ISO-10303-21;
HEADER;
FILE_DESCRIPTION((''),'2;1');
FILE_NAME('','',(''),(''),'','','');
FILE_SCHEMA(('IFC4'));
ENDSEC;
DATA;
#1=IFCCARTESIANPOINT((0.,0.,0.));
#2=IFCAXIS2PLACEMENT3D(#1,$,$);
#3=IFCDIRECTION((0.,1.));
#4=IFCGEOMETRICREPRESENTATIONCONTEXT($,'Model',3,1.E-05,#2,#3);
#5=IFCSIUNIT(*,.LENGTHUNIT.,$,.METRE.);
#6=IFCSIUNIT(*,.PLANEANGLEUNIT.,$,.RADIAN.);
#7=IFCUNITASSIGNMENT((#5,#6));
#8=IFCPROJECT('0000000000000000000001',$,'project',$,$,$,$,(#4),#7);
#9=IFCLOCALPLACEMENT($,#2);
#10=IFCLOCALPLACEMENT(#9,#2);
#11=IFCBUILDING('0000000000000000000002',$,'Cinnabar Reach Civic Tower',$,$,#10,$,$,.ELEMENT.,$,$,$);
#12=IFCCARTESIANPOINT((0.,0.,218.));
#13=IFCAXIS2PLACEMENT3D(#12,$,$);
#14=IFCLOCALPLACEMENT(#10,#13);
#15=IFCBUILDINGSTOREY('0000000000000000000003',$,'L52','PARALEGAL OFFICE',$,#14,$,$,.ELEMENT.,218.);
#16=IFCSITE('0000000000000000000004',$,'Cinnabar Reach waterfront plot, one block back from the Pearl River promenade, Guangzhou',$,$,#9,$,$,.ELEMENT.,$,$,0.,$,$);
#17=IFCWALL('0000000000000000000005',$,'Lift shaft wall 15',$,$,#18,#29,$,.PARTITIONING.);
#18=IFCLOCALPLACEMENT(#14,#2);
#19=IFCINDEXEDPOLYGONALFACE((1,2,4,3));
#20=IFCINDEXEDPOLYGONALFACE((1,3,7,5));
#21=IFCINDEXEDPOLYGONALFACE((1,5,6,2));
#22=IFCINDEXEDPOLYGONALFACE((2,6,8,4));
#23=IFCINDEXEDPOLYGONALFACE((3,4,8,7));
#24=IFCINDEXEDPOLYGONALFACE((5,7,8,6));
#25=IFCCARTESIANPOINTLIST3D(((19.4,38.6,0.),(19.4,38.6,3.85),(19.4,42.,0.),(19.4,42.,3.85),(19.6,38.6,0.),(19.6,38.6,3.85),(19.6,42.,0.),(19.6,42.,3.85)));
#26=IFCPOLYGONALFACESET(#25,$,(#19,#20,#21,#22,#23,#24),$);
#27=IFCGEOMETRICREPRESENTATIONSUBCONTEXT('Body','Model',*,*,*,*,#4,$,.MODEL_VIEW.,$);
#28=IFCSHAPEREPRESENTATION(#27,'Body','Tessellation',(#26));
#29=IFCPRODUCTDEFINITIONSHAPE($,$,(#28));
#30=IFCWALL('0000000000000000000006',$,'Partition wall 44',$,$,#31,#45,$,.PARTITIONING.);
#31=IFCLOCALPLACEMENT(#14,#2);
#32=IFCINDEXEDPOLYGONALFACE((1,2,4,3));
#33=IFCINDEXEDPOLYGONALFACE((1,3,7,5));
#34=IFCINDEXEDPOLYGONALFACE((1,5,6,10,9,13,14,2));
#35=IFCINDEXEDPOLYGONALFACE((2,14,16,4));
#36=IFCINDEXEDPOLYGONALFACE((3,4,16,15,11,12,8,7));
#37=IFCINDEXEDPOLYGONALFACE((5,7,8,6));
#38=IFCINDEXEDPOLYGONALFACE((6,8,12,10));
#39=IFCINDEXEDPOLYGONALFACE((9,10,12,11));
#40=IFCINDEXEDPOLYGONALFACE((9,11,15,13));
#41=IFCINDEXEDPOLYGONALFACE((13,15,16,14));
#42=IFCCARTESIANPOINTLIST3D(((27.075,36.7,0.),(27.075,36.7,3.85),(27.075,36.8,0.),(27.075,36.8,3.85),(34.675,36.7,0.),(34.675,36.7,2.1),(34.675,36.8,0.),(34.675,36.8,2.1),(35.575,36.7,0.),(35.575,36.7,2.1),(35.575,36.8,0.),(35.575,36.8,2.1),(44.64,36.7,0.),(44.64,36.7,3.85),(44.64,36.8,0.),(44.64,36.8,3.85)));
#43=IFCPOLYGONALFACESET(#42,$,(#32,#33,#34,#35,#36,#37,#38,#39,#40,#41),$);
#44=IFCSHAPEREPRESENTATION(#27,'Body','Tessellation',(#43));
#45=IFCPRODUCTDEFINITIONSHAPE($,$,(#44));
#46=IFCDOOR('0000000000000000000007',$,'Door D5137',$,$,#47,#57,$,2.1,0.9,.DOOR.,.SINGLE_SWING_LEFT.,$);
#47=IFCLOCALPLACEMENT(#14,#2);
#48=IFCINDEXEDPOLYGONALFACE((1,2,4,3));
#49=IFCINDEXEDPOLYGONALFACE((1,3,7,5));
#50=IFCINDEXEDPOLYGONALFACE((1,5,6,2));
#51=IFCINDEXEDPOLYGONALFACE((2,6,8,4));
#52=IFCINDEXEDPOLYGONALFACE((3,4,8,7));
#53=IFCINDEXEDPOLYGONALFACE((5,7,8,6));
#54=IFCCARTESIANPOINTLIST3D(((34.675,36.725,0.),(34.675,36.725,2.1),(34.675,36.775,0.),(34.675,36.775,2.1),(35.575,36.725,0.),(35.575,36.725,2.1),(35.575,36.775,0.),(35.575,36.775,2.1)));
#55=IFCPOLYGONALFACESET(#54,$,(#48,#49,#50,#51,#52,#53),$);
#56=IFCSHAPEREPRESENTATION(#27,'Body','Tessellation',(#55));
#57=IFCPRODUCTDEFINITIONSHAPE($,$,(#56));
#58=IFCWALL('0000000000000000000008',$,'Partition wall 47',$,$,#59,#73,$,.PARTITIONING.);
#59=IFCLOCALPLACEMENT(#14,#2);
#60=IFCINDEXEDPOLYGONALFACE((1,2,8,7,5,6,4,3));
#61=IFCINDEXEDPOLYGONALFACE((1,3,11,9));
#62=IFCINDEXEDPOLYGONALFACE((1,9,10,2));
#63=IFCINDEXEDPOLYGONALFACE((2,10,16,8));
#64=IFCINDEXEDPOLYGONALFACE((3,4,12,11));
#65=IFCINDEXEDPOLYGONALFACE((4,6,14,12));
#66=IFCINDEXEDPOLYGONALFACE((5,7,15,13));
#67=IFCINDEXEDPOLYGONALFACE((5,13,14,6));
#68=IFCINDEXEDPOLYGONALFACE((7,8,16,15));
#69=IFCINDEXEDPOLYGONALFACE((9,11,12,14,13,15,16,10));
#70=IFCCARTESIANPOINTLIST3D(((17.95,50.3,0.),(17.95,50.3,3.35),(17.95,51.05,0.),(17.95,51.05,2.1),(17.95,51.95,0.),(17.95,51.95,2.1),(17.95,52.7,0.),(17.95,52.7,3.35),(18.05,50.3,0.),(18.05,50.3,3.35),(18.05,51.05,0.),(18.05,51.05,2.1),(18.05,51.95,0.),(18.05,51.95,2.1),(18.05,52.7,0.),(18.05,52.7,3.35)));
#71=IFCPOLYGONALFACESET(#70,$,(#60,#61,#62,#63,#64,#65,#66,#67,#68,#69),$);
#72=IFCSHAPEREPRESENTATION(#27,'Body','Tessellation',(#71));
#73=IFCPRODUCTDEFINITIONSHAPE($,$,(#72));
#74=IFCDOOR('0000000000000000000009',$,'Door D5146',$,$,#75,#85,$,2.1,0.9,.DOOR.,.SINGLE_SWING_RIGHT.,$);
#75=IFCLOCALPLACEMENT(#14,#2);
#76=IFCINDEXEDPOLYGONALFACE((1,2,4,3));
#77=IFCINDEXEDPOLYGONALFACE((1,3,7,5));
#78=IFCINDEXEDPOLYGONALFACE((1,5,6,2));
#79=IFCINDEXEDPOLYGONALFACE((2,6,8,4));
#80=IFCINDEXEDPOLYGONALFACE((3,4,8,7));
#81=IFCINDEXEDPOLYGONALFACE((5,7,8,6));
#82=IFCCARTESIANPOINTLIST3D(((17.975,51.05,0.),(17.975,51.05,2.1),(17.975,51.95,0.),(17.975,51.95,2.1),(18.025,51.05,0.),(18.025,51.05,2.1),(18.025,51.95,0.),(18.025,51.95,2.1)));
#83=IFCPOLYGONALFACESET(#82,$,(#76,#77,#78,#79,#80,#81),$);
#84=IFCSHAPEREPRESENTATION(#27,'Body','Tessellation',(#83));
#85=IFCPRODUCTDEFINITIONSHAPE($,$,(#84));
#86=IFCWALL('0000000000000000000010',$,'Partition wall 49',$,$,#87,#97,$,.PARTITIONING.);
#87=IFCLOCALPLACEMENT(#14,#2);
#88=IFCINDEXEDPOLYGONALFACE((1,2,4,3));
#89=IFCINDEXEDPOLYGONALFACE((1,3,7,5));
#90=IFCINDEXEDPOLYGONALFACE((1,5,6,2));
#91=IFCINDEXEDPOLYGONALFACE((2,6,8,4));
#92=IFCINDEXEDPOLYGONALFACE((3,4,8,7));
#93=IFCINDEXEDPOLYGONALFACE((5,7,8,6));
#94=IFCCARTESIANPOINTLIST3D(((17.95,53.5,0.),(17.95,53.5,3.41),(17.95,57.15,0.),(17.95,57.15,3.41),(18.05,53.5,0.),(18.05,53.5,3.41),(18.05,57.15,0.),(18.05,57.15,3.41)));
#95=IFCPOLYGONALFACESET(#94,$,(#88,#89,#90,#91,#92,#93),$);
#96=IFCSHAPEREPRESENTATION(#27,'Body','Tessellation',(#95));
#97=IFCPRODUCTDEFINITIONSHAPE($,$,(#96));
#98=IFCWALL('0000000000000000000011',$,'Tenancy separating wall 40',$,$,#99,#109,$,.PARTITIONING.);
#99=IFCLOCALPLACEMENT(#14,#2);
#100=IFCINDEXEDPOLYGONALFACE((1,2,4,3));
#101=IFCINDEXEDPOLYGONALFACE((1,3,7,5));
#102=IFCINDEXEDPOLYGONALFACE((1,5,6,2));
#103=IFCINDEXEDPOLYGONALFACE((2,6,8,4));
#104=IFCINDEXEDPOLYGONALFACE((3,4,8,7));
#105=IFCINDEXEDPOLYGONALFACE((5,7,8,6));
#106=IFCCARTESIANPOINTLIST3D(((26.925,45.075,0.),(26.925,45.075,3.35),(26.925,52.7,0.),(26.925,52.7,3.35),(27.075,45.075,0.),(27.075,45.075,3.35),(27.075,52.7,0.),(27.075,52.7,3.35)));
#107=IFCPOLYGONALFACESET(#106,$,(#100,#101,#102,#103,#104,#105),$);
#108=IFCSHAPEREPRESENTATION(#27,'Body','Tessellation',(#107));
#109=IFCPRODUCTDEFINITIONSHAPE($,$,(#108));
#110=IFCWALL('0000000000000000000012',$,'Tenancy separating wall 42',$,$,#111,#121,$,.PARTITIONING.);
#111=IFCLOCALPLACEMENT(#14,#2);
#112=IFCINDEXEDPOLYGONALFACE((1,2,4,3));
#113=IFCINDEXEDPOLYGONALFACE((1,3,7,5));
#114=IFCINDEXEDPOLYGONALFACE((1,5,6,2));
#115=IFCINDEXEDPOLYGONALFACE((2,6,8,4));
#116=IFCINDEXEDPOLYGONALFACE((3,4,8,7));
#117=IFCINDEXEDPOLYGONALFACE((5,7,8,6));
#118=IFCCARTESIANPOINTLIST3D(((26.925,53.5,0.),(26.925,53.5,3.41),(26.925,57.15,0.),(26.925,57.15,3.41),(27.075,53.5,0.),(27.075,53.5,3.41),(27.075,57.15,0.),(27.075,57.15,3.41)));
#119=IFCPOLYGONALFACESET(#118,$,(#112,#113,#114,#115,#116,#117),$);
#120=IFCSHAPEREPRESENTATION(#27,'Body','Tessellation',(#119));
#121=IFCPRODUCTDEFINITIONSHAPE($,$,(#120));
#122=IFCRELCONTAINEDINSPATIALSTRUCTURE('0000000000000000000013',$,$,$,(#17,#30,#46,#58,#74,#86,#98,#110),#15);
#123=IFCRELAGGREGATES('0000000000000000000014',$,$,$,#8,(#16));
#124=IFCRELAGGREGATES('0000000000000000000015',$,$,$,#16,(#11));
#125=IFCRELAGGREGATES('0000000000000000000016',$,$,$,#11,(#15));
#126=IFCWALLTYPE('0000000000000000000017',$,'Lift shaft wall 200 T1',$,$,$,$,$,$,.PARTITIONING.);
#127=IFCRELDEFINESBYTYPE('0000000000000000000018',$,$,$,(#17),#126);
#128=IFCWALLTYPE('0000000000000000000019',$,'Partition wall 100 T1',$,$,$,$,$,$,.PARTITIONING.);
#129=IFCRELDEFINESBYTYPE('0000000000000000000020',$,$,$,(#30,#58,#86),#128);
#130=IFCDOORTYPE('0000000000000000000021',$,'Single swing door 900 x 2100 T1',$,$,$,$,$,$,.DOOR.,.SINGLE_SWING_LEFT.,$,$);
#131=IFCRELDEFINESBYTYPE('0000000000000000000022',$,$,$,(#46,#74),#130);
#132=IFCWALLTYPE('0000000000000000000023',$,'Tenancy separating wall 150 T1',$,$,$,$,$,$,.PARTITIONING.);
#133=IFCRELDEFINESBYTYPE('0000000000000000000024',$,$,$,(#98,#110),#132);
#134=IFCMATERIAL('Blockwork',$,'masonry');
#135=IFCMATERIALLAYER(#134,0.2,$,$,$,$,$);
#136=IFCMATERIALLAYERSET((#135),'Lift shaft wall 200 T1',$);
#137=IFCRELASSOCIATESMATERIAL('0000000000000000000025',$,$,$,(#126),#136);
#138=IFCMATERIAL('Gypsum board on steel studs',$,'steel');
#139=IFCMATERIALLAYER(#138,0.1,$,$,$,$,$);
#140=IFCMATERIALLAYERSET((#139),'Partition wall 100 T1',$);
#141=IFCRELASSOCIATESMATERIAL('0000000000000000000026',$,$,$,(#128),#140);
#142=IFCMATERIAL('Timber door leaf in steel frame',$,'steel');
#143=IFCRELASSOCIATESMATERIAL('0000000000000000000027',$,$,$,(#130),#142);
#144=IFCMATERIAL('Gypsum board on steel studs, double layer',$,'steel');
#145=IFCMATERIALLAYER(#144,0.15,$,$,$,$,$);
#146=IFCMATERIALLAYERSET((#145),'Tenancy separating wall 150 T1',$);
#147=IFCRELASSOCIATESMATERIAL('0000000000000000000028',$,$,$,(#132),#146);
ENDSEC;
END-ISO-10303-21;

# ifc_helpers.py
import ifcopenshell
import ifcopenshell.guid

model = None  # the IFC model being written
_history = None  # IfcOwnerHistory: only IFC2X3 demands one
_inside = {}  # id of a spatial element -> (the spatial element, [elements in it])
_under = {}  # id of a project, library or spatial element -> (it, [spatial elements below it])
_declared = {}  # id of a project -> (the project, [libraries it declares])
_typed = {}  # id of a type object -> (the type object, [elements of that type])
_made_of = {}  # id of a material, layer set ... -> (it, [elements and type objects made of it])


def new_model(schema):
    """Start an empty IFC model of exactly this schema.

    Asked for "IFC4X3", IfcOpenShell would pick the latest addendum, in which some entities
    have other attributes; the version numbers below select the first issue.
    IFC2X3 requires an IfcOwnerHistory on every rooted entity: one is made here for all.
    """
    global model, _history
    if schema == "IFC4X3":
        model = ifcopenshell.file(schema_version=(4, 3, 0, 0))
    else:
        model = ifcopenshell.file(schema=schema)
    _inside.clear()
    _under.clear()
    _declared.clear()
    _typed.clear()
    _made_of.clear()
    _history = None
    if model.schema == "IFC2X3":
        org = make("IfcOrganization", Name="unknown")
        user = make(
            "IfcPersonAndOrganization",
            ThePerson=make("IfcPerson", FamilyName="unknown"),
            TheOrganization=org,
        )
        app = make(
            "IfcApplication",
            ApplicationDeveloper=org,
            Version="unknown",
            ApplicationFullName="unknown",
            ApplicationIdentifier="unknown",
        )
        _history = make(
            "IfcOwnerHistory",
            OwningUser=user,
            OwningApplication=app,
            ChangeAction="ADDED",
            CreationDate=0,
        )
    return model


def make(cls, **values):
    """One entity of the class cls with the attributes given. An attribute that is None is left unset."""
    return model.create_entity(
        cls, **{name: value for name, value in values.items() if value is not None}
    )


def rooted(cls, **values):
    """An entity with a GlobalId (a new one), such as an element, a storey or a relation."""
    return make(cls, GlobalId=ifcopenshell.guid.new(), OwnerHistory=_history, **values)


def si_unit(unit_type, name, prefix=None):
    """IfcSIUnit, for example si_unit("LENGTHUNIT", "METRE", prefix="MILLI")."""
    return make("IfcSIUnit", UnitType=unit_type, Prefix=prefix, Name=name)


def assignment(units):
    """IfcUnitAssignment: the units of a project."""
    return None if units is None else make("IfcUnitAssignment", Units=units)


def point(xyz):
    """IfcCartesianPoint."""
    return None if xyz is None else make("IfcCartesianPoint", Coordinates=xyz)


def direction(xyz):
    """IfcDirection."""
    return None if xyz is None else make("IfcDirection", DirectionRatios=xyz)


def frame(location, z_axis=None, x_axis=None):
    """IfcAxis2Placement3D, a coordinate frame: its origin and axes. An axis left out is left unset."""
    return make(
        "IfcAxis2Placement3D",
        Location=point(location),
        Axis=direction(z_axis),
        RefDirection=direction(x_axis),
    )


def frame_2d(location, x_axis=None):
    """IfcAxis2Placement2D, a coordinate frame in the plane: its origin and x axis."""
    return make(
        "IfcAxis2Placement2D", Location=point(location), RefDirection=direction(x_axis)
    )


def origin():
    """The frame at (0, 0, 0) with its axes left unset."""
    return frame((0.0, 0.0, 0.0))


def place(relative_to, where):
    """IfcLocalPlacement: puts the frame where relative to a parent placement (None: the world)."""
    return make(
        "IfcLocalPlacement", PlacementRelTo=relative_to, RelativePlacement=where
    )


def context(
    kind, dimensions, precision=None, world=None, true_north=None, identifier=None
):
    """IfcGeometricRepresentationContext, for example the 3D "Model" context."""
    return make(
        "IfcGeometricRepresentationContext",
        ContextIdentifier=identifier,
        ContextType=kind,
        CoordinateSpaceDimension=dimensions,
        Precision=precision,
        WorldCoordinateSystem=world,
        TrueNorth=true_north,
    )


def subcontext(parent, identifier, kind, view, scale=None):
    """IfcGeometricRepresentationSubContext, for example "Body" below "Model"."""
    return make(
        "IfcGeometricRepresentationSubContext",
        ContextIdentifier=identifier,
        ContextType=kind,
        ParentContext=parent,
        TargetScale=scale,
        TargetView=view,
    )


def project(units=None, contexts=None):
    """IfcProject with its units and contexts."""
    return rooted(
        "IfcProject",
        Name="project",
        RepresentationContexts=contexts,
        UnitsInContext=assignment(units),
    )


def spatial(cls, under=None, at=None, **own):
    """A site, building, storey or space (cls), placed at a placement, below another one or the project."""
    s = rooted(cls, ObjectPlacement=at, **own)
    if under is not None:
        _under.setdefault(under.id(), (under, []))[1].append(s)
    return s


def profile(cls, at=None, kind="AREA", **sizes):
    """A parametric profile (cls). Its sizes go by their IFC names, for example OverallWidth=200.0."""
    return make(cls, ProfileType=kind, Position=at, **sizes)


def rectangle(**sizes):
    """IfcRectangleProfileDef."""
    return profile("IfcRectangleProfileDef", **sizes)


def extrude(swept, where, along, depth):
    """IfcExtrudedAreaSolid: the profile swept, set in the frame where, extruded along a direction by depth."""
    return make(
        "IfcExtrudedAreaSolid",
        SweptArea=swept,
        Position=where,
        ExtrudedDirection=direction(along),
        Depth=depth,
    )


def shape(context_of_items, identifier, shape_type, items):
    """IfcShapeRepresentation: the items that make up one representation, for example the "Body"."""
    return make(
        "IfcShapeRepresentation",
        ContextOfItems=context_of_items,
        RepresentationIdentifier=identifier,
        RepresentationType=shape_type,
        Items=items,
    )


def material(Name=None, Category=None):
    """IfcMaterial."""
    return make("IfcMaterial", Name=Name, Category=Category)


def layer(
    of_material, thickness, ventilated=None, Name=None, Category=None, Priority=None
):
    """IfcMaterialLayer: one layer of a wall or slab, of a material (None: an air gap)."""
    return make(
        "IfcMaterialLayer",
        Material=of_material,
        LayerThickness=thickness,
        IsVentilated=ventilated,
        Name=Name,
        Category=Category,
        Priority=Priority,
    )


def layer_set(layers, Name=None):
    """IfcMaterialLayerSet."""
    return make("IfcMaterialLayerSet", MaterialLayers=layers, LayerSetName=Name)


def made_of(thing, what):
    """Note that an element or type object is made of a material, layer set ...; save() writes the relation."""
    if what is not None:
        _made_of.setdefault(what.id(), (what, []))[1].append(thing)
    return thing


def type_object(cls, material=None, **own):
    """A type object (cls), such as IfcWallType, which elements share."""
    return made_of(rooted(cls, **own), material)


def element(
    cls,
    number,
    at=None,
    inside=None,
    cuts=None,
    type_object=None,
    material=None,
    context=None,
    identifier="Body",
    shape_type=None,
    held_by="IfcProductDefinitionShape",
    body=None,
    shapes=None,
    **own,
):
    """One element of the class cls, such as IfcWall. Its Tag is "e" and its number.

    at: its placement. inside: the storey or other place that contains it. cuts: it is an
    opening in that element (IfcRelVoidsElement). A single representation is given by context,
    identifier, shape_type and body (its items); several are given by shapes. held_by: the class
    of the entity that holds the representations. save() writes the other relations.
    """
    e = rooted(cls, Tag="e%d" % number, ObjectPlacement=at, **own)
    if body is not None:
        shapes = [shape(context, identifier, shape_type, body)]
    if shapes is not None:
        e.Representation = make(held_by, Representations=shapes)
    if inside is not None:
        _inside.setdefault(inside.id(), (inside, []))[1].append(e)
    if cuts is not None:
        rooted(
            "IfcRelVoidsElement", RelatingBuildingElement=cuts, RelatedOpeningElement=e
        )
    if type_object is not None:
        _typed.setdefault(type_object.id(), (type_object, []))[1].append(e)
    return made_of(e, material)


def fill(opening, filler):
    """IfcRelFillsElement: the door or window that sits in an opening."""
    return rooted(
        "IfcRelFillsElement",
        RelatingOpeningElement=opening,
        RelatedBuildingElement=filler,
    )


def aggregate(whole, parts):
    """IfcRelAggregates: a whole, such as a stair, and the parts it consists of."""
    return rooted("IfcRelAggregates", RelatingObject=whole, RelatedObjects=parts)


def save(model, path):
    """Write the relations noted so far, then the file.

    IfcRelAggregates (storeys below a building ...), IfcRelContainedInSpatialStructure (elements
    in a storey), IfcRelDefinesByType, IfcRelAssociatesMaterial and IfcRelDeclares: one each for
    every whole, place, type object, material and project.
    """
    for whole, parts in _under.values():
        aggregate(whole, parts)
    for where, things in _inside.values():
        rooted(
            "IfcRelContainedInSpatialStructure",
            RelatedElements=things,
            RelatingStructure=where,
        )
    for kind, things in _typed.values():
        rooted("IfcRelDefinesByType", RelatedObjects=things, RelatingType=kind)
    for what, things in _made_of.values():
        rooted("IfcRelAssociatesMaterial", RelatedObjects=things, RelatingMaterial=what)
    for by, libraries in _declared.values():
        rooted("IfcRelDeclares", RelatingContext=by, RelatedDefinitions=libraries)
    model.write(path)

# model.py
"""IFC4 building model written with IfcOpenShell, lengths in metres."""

from ifc_helpers import new_model, si_unit, direction, frame, frame_2d, origin, place, context, subcontext, project, spatial, rectangle, extrude, material, layer, layer_set, type_object, element, fill, save


model = new_model("IFC4")

# Units and contexts
model_context = context("Model", 3, precision=1e-05, world=origin(), true_north=direction((0.0, 1.0)))
body_context = subcontext(model_context, "Body", "Model", "MODEL_VIEW")
ifc_project = project(units=[si_unit("LENGTHUNIT", "METRE"), si_unit("PLANEANGLEUNIT", "RADIAN")], contexts=[model_context])

# Site, building, storey
site_placement = place(None, origin())
site = spatial("IfcSite", under=ifc_project, at=site_placement, Name="Cinnabar Reach waterfront plot, one block back from the Pearl River promenade, Guangzhou", CompositionType="ELEMENT", RefElevation=0.0)
building_placement = place(site_placement, origin())
building = spatial("IfcBuilding", under=site, at=building_placement, Name="Cinnabar Reach Civic Tower", CompositionType="ELEMENT")
storey_placement = place(building_placement, frame((0.0, 0.0, 218.0)))
storey = spatial("IfcBuildingStorey", under=building, at=storey_placement, Name="L52", Description="PARALEGAL OFFICE", CompositionType="ELEMENT", Elevation=218.0)

# Shared definitions
ifc_material_1 = material(Name="Gypsum board on steel studs, double layer", Category="steel")

# Shared definitions
ifc_material_2 = material(Name="Timber door leaf in steel frame", Category="steel")

# Wall
ifc_material_3 = material(Name="Blockwork", Category="masonry")
ifc_layer_1 = layer(ifc_material_3, 0.2)
ifc_layer_set_1 = layer_set([ifc_layer_1], Name="Lift shaft wall 200 T1")
wall_type_1 = type_object("IfcWallType", Name="Lift shaft wall 200 T1", PredefinedType="PARTITIONING", material=ifc_layer_set_1)
wall_1_placement = place(storey_placement, frame((19.5, 38.6, 0.0), z_axis=(0.0, 0.0, 1.0), x_axis=(0.0, 1.0, 0.0)))
element("IfcWall", 1, at=wall_1_placement, inside=storey, type_object=wall_type_1, Name="Lift shaft wall 15", PredefinedType="PARTITIONING", context=body_context, shape_type="SweptSolid", body=[
    extrude(rectangle(XDim=3.4, YDim=0.2, at=frame_2d((1.7, 0.0))), origin(), (0.0, 0.0, 1.0), 3.85),
])

# Walls, openings, doors
ifc_material_4 = material(Name="Gypsum board on steel studs", Category="steel")
ifc_layer_2 = layer(ifc_material_4, 0.1)
ifc_layer_set_2 = layer_set([ifc_layer_2], Name="Partition wall 100 T1")
wall_type_2 = type_object("IfcWallType", Name="Partition wall 100 T1", PredefinedType="PARTITIONING", material=ifc_layer_set_2)
wall_2_placement = place(storey_placement, frame((27.075, 36.75, 0.0), z_axis=(0.0, 0.0, 1.0), x_axis=(1.0, 0.0, 0.0)))
wall_2 = element("IfcWall", 2, at=wall_2_placement, inside=storey, type_object=wall_type_2, Name="Partition wall 44", PredefinedType="PARTITIONING", context=body_context, shape_type="SweptSolid", body=[
    extrude(rectangle(XDim=17.565, YDim=0.1, at=frame_2d((8.7825, 0.0))), origin(), (0.0, 0.0, 1.0), 3.85),
])
opening_1_placement = place(wall_2_placement, frame((7.6, 0.0, 0.0)))
opening_1 = element("IfcOpeningElement", 3, at=opening_1_placement, cuts=wall_2, PredefinedType="OPENING", context=body_context, shape_type="SweptSolid", body=[
    extrude(rectangle(XDim=0.9, YDim=2.1, at=frame_2d((0.45, 1.05))), frame((0.0, 0.06, 0.0), z_axis=(0.0, -1.0, 0.0), x_axis=(1.0, 0.0, 0.0)), (0.0, 0.0, 1.0), 0.12),
])
door_type_1 = type_object("IfcDoorType", Name="Single swing door 900 x 2100 T1", OperationType="SINGLE_SWING_LEFT", PredefinedType="DOOR", material=ifc_material_2)
door_1_placement = place(opening_1_placement, frame((0.9, 0.0, 0.0), z_axis=(0.0, 0.0, 1.0), x_axis=(-1.0, 0.0, 0.0)))
door_1 = element("IfcDoor", 4, at=door_1_placement, inside=storey, type_object=door_type_1, Name="Door D5137", OperationType="SINGLE_SWING_LEFT", OverallHeight=2.1, OverallWidth=0.9, PredefinedType="DOOR", context=body_context, shape_type="SweptSolid", body=[
    extrude(rectangle(XDim=0.9, YDim=2.1, at=frame_2d((0.45, 1.05))), frame((0.0, 0.025, 0.0), z_axis=(0.0, -1.0, 0.0), x_axis=(1.0, 0.0, 0.0)), (0.0, 0.0, 1.0), 0.05),
])
fill(opening_1, door_1)
wall_3_placement = place(storey_placement, frame((18.0, 50.3, 0.0), z_axis=(0.0, 0.0, 1.0), x_axis=(0.0, 1.0, 0.0)))
wall_3 = element("IfcWall", 5, at=wall_3_placement, inside=storey, type_object=wall_type_2, Name="Partition wall 47", PredefinedType="PARTITIONING", context=body_context, shape_type="SweptSolid", body=[
    extrude(rectangle(XDim=2.4, YDim=0.1, at=frame_2d((1.2, 0.0))), origin(), (0.0, 0.0, 1.0), 3.35),
])
opening_2_placement = place(wall_3_placement, frame((0.75, 0.0, 0.0)))
opening_2 = element("IfcOpeningElement", 6, at=opening_2_placement, cuts=wall_3, PredefinedType="OPENING", context=body_context, shape_type="SweptSolid", body=[
    extrude(rectangle(XDim=0.9, YDim=2.1, at=frame_2d((0.45, 1.05))), frame((0.0, 0.06, 0.0), z_axis=(0.0, -1.0, 0.0), x_axis=(1.0, 0.0, 0.0)), (0.0, 0.0, 1.0), 0.12),
])
door_2_placement = place(opening_2_placement, frame((0.9, 0.0, 0.0), z_axis=(0.0, 0.0, 1.0), x_axis=(-1.0, 0.0, 0.0)))
door_2 = element("IfcDoor", 7, at=door_2_placement, inside=storey, type_object=door_type_1, Name="Door D5146", OperationType="SINGLE_SWING_RIGHT", OverallHeight=2.1, OverallWidth=0.9, PredefinedType="DOOR", context=body_context, shape_type="SweptSolid", body=[
    extrude(rectangle(XDim=0.9, YDim=2.1, at=frame_2d((0.45, 1.05))), frame((0.0, 0.025, 0.0), z_axis=(0.0, -1.0, 0.0), x_axis=(1.0, 0.0, 0.0)), (0.0, 0.0, 1.0), 0.05),
])
fill(opening_2, door_2)

# Walls
wall_4_placement = place(storey_placement, frame((18.0, 53.5, 0.0), z_axis=(0.0, 0.0, 1.0), x_axis=(0.0, 1.0, 0.0)))
element("IfcWall", 8, at=wall_4_placement, inside=storey, type_object=wall_type_2, Name="Partition wall 49", PredefinedType="PARTITIONING", context=body_context, shape_type="SweptSolid", body=[
    extrude(rectangle(XDim=3.65, YDim=0.1, at=frame_2d((1.825, 0.0))), origin(), (0.0, 0.0, 1.0), 3.41),
])
ifc_layer_3 = layer(ifc_material_1, 0.15)
ifc_layer_set_3 = layer_set([ifc_layer_3], Name="Tenancy separating wall 150 T1")
wall_type_3 = type_object("IfcWallType", Name="Tenancy separating wall 150 T1", PredefinedType="PARTITIONING", material=ifc_layer_set_3)
wall_5_placement = place(storey_placement, frame((27.0, 45.075, 0.0), z_axis=(0.0, 0.0, 1.0), x_axis=(0.0, 1.0, 0.0)))
element("IfcWall", 9, at=wall_5_placement, inside=storey, type_object=wall_type_3, Name="Tenancy separating wall 40", PredefinedType="PARTITIONING", context=body_context, shape_type="SweptSolid", body=[
    extrude(rectangle(XDim=7.625, YDim=0.15, at=frame_2d((3.8125, 0.0))), origin(), (0.0, 0.0, 1.0), 3.35),
])
wall_6_placement = place(storey_placement, frame((27.0, 53.5, 0.0), z_axis=(0.0, 0.0, 1.0), x_axis=(0.0, 1.0, 0.0)))
element("IfcWall", 10, at=wall_6_placement, inside=storey, type_object=wall_type_3, Name="Tenancy separating wall 42", PredefinedType="PARTITIONING", context=body_context, shape_type="SweptSolid", body=[
    extrude(rectangle(XDim=3.65, YDim=0.15, at=frame_2d((1.825, 0.0))), origin(), (0.0, 0.0, 1.0), 3.41),
])

save(model, "model.ifc")
